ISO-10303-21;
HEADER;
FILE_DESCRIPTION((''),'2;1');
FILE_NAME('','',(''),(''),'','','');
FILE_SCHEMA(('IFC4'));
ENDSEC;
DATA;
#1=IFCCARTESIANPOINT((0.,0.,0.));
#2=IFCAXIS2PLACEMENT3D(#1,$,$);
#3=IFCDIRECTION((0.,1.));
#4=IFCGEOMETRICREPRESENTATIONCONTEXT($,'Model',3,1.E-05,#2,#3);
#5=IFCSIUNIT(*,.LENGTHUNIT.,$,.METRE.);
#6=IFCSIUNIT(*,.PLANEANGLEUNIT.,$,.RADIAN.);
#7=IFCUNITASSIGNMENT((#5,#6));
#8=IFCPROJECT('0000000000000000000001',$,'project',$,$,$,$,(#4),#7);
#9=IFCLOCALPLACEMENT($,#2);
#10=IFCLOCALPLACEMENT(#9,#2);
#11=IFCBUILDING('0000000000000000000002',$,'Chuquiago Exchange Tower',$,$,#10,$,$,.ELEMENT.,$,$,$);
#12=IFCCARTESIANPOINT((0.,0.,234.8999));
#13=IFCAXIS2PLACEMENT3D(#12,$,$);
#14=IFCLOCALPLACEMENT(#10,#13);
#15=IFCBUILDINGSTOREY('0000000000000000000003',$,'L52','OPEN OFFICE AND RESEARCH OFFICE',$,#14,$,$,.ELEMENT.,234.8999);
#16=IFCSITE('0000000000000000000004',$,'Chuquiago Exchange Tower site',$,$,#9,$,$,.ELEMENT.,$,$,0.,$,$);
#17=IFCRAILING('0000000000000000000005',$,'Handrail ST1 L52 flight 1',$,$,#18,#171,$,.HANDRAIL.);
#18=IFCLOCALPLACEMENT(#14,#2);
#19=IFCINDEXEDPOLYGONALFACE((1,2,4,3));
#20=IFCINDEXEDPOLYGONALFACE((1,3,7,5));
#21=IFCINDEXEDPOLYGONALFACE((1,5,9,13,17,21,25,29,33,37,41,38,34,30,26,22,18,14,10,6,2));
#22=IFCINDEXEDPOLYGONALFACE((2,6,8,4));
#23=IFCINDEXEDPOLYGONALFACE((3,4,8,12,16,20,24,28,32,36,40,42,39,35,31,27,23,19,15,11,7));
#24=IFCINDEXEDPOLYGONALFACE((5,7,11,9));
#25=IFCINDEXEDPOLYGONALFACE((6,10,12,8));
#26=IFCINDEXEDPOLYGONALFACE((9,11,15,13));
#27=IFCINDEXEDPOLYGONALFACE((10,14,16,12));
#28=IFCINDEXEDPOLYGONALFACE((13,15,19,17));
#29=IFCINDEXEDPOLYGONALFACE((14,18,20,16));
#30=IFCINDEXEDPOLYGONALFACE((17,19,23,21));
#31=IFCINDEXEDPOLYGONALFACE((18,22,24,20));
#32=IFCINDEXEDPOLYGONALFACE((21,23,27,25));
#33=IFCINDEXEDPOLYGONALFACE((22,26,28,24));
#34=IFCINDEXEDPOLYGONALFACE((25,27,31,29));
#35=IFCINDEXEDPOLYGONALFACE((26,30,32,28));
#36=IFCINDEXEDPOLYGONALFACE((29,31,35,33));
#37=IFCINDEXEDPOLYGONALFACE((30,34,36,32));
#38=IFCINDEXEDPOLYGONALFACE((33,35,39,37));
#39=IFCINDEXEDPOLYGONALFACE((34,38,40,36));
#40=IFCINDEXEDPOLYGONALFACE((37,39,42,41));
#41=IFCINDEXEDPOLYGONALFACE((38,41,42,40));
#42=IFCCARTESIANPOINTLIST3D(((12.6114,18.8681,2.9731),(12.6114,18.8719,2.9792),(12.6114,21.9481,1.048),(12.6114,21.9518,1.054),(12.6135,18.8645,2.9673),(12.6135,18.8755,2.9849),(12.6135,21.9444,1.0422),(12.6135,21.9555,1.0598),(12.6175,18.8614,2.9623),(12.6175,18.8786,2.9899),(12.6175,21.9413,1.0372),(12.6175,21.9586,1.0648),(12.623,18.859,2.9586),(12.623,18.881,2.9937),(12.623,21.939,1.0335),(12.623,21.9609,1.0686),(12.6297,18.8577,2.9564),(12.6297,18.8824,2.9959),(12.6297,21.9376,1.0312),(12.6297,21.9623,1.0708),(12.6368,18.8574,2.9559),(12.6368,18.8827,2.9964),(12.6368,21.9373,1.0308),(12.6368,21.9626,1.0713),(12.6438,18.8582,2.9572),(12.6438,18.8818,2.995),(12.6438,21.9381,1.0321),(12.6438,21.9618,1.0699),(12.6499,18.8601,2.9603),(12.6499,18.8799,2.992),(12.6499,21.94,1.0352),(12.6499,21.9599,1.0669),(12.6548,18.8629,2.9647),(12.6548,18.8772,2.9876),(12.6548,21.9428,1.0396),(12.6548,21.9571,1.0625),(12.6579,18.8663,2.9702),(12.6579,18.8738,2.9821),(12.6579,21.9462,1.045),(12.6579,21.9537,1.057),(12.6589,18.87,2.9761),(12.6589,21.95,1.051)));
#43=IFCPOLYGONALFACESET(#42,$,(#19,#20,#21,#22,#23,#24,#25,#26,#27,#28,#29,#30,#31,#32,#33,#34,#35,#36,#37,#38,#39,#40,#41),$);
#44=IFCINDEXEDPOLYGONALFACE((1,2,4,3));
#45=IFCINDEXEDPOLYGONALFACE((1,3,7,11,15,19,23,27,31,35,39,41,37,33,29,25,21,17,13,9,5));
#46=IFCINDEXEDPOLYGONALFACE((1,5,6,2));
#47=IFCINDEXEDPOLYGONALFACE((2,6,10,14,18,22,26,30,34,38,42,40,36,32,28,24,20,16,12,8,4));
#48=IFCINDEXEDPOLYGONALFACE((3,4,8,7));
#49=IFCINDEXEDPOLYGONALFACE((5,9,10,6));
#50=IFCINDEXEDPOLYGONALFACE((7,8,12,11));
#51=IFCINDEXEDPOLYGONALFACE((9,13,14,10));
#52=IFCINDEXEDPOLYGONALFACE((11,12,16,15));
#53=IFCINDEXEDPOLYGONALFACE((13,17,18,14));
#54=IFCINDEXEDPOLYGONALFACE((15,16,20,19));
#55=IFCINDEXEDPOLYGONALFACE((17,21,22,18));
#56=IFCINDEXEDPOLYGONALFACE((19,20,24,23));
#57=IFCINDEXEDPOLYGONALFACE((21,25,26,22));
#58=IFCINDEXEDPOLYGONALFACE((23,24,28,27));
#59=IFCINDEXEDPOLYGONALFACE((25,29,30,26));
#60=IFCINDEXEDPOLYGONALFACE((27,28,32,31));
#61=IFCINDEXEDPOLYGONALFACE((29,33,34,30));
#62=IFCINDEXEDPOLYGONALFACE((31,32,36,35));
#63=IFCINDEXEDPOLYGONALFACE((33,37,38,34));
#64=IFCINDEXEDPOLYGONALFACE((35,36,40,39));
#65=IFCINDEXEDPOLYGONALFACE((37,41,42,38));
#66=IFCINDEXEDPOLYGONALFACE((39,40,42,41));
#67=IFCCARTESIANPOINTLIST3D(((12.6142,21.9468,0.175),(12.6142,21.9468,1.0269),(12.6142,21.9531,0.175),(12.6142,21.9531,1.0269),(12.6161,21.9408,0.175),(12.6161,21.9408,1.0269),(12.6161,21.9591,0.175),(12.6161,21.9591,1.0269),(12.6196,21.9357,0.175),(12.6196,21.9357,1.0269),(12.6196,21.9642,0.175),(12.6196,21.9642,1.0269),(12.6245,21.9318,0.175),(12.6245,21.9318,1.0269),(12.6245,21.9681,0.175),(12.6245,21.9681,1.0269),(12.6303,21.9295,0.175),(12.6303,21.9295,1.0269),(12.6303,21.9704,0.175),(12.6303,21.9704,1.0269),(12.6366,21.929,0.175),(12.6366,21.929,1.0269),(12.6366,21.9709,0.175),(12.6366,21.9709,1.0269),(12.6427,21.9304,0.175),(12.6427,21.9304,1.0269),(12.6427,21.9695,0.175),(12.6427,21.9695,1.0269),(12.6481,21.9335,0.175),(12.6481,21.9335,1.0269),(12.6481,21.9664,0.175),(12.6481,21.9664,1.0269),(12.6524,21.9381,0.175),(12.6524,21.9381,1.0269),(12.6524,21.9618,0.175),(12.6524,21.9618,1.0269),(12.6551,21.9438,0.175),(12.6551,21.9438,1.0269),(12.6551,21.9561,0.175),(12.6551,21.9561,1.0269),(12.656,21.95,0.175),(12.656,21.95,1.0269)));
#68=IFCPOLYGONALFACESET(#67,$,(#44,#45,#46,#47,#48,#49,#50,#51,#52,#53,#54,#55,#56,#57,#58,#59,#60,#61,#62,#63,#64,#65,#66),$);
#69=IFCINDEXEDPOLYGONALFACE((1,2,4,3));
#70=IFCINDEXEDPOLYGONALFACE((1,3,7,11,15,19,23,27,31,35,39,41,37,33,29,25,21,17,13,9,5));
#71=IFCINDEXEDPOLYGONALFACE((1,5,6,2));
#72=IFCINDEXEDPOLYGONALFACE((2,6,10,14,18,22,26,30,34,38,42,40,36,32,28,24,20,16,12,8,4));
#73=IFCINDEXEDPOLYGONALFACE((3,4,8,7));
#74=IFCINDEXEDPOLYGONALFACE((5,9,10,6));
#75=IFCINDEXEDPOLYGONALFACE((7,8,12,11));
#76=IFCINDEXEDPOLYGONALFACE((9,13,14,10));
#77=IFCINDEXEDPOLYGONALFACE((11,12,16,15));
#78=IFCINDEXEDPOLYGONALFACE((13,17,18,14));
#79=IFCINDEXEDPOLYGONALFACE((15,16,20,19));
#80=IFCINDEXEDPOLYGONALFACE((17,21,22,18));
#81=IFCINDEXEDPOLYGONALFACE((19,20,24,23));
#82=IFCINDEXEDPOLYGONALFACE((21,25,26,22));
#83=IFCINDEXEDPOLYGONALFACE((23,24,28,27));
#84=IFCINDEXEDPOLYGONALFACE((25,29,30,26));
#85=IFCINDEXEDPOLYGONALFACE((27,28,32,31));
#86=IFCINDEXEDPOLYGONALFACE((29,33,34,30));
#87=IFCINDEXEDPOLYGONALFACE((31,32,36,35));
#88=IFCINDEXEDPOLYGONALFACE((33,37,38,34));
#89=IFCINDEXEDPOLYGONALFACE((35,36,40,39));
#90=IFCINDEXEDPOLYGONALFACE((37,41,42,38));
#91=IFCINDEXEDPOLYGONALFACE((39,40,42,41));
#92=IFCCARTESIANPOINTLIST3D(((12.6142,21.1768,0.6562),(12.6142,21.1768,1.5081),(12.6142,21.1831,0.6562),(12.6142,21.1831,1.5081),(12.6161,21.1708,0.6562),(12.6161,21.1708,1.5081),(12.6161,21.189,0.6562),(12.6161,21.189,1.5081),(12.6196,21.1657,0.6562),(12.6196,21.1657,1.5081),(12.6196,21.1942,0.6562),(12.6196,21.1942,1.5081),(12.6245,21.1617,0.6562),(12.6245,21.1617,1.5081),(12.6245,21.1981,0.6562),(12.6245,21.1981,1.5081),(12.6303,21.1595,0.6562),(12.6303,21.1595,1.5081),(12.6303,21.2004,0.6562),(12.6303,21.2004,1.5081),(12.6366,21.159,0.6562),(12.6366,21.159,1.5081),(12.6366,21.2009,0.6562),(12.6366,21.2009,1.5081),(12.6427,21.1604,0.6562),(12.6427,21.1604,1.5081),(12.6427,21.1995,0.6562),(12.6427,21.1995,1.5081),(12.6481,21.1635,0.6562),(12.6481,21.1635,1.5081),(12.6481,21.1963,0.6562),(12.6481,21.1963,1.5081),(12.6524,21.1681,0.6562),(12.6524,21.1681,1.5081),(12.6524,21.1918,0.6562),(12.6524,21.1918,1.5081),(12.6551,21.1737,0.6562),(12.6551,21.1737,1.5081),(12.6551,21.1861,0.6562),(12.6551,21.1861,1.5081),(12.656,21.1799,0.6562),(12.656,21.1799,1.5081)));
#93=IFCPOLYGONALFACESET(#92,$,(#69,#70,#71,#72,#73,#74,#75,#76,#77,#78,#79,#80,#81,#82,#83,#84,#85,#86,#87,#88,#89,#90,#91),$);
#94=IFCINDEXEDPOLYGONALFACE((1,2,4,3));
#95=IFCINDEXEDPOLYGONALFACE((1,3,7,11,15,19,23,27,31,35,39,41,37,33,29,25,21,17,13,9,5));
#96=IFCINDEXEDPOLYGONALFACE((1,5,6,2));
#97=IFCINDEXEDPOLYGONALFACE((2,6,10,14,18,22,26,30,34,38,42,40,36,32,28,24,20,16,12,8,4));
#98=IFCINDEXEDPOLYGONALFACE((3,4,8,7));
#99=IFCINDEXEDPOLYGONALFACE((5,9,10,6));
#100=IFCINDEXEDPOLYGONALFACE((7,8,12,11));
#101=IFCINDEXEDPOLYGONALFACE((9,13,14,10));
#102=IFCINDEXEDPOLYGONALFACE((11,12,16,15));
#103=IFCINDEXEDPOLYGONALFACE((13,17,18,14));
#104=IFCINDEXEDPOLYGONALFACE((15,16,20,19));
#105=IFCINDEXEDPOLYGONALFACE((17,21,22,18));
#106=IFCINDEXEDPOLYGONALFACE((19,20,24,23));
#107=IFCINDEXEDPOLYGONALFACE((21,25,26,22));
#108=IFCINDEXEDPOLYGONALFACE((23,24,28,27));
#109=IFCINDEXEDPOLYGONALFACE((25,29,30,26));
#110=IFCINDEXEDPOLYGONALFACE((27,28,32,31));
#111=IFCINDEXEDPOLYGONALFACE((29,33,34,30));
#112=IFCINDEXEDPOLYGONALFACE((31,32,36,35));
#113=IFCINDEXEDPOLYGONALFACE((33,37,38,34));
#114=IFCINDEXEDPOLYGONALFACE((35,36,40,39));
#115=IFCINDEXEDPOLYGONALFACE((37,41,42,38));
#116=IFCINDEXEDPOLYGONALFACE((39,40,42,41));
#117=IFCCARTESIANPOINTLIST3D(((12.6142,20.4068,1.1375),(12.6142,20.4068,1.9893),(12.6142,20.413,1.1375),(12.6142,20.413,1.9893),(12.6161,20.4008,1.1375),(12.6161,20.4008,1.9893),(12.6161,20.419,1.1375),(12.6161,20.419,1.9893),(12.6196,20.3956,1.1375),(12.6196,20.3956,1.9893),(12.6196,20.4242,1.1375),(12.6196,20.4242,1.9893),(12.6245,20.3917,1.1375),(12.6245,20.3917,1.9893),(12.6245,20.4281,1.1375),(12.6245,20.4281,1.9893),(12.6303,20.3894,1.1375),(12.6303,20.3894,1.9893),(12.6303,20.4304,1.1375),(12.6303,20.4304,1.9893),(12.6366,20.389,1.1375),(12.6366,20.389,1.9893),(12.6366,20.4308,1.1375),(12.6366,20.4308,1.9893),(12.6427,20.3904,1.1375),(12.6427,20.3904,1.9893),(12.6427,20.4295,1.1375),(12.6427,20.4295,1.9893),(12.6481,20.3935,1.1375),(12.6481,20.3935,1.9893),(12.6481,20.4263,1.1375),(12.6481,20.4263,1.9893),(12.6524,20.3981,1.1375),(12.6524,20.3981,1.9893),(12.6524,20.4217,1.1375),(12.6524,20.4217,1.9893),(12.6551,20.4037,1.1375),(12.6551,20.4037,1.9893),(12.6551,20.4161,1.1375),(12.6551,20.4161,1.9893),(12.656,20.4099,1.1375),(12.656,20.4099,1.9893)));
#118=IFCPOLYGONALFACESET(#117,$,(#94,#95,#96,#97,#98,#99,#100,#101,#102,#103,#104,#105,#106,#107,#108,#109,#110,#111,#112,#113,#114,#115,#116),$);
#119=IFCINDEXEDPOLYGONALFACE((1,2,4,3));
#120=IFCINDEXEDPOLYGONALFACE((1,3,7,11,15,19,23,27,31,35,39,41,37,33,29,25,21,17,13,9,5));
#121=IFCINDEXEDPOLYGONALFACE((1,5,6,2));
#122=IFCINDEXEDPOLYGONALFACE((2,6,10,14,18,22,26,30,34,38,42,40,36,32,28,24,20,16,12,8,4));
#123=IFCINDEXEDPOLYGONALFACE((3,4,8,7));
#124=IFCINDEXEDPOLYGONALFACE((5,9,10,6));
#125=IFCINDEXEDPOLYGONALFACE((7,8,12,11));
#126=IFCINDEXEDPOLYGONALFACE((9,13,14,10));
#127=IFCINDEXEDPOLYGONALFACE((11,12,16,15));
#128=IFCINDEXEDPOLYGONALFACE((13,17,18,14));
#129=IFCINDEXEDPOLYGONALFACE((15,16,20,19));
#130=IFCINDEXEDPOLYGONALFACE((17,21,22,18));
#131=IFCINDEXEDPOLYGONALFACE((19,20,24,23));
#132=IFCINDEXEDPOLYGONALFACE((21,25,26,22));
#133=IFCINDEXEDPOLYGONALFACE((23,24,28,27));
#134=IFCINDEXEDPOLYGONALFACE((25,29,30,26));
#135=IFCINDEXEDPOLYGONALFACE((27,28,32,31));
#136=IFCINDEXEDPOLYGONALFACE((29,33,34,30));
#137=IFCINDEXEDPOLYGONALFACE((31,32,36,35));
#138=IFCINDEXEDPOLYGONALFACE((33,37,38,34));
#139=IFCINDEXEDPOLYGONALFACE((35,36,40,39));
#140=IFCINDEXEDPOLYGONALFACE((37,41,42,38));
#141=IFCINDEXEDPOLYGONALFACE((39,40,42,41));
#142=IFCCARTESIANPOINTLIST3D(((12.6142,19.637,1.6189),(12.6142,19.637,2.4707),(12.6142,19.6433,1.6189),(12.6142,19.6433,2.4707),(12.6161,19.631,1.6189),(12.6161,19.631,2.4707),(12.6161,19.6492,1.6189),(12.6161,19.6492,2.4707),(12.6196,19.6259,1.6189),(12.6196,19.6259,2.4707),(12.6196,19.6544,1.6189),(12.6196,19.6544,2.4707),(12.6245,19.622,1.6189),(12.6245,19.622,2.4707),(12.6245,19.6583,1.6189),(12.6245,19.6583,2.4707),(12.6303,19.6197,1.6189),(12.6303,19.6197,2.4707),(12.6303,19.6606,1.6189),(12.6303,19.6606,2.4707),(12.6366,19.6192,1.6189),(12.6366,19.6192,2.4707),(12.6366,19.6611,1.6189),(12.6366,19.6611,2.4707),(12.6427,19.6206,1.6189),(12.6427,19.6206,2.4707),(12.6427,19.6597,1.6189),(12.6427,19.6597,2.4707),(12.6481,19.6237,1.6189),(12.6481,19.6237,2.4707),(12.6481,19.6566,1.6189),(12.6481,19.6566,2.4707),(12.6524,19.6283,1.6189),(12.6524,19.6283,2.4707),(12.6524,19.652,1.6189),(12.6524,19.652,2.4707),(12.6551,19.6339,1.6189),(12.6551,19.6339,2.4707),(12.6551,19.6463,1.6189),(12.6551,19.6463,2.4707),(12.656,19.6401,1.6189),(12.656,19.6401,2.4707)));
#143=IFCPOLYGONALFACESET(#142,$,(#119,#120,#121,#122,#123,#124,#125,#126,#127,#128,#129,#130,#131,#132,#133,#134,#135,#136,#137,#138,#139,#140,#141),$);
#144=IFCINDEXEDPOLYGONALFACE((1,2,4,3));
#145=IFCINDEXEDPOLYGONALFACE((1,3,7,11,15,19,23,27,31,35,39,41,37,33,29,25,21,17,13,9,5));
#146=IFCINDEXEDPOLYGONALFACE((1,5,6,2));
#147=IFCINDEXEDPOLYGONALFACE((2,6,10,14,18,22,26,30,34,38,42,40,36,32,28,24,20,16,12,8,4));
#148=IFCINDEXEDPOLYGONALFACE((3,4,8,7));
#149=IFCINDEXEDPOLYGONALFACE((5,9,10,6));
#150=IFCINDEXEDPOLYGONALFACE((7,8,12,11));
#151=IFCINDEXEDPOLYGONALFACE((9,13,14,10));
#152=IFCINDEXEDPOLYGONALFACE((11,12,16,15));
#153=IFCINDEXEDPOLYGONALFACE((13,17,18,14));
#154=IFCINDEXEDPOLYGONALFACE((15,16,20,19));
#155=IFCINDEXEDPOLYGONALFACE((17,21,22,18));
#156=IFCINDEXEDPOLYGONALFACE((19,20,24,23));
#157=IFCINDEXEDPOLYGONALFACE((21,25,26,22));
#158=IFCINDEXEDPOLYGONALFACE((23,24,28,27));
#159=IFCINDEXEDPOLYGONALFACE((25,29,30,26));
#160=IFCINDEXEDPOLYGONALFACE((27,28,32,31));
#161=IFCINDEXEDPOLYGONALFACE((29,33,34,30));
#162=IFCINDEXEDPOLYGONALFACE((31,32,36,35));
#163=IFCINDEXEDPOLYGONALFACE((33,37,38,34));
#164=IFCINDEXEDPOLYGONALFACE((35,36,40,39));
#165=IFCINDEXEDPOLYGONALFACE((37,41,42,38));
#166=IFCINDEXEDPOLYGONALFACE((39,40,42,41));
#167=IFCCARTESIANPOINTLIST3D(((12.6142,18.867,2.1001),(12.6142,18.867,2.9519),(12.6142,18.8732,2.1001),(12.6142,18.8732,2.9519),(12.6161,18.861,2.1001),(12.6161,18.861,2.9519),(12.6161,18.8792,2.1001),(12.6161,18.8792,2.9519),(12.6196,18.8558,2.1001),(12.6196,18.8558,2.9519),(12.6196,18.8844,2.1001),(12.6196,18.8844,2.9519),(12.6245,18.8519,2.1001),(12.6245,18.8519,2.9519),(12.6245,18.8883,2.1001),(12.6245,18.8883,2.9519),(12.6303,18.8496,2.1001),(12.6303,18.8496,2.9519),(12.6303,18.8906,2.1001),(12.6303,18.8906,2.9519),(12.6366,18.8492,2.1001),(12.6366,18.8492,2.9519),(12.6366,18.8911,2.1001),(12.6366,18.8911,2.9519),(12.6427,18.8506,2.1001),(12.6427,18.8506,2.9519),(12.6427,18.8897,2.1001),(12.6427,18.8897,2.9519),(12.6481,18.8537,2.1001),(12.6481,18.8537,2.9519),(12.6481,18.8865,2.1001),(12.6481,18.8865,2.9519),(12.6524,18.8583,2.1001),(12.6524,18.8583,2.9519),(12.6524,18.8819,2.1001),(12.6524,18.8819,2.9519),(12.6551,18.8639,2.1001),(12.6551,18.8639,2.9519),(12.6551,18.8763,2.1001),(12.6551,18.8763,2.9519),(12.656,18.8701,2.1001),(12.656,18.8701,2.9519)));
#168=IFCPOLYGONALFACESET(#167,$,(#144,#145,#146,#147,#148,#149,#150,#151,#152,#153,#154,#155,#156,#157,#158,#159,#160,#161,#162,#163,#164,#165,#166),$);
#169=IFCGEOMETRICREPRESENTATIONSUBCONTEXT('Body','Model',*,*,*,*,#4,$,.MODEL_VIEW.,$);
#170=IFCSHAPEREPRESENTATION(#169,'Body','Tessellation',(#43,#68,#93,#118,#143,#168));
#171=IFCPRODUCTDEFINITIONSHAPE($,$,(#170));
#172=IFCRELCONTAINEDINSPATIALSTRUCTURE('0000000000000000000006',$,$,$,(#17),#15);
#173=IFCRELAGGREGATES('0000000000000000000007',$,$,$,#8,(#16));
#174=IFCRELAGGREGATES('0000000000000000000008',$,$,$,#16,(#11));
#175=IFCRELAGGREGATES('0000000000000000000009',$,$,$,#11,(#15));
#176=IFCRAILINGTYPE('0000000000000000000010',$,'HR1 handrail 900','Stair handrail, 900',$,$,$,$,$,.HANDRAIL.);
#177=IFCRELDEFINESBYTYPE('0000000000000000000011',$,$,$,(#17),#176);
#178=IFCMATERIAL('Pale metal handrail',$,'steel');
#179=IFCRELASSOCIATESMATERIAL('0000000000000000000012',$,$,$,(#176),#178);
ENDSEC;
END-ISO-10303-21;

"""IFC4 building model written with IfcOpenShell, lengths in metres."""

from ifc_helpers import new_model, si_unit, direction, frame, origin, origin_2d, place, context, subcontext, project, spatial, circle, extrude, material, type_object, element, save


model = new_model("IFC4")

# Units and contexts
model_context = context("Model", 3, precision=1e-05, world=origin(), true_north=direction((0.0, 1.0)))
body_context = subcontext(model_context, "Body", "Model", "MODEL_VIEW")
ifc_project = project(units=[si_unit("LENGTHUNIT", "METRE"), si_unit("PLANEANGLEUNIT", "RADIAN")], contexts=[model_context])

# Site, building, storey
site_placement = place(None, origin())
site = spatial("IfcSite", under=ifc_project, at=site_placement, Name="Chuquiago Exchange Tower site", CompositionType="ELEMENT", RefElevation=0.0)
building_placement = place(site_placement, origin())
building = spatial("IfcBuilding", under=site, at=building_placement, Name="Chuquiago Exchange Tower", CompositionType="ELEMENT")
storey_placement = place(building_placement, frame((0.0, 0.0, 234.8999)))
storey = spatial("IfcBuildingStorey", under=building, at=storey_placement, Name="L52", Description="OPEN OFFICE AND RESEARCH OFFICE", CompositionType="ELEMENT", Elevation=234.8999)

# Railing
ifc_material_1 = material(Name="Pale metal handrail", Category="steel")
railing_type_1 = type_object("IfcRailingType", Name="HR1 handrail 900", Description="Stair handrail, 900", PredefinedType="HANDRAIL", material=ifc_material_1)
for number, where, name in (
    (1, (12.635, 21.95, 0.175), "Handrail ST1 L52 flight 1"),
):
    element("IfcRailing", number, at=place(storey_placement, frame(where)), inside=storey, type_object=railing_type_1, Name=name, PredefinedType="HANDRAIL", context=body_context, shape_type="SweptSolid", body=[
        extrude(circle(Radius=0.0239, at=origin_2d()), frame((0.0, 0.0, 0.876), z_axis=(0.0, -0.847979, 0.530029), x_axis=(1.0, 0.0, 0.0)), (0.0, 0.0, 1.0), 3.6321),
        extrude(circle(Radius=0.021, at=origin_2d()), origin(), (0.0, 0.0, 1.0), 0.8518),
        extrude(circle(Radius=0.021, at=origin_2d()), frame((0.0, -0.77, 0.4812)), (0.0, 0.0, 1.0), 0.8518),
        extrude(circle(Radius=0.021, at=origin_2d()), frame((0.0, -1.54, 0.9624)), (0.0, 0.0, 1.0), 0.8518),
        extrude(circle(Radius=0.021, at=origin_2d()), frame((0.0, -2.3098, 1.4438)), (0.0, 0.0, 1.0), 0.8518),
        extrude(circle(Radius=0.021, at=origin_2d()), frame((0.0, -3.0798, 1.925)), (0.0, 0.0, 1.0), 0.8518),
    ])

save(model, "model.ifc")
